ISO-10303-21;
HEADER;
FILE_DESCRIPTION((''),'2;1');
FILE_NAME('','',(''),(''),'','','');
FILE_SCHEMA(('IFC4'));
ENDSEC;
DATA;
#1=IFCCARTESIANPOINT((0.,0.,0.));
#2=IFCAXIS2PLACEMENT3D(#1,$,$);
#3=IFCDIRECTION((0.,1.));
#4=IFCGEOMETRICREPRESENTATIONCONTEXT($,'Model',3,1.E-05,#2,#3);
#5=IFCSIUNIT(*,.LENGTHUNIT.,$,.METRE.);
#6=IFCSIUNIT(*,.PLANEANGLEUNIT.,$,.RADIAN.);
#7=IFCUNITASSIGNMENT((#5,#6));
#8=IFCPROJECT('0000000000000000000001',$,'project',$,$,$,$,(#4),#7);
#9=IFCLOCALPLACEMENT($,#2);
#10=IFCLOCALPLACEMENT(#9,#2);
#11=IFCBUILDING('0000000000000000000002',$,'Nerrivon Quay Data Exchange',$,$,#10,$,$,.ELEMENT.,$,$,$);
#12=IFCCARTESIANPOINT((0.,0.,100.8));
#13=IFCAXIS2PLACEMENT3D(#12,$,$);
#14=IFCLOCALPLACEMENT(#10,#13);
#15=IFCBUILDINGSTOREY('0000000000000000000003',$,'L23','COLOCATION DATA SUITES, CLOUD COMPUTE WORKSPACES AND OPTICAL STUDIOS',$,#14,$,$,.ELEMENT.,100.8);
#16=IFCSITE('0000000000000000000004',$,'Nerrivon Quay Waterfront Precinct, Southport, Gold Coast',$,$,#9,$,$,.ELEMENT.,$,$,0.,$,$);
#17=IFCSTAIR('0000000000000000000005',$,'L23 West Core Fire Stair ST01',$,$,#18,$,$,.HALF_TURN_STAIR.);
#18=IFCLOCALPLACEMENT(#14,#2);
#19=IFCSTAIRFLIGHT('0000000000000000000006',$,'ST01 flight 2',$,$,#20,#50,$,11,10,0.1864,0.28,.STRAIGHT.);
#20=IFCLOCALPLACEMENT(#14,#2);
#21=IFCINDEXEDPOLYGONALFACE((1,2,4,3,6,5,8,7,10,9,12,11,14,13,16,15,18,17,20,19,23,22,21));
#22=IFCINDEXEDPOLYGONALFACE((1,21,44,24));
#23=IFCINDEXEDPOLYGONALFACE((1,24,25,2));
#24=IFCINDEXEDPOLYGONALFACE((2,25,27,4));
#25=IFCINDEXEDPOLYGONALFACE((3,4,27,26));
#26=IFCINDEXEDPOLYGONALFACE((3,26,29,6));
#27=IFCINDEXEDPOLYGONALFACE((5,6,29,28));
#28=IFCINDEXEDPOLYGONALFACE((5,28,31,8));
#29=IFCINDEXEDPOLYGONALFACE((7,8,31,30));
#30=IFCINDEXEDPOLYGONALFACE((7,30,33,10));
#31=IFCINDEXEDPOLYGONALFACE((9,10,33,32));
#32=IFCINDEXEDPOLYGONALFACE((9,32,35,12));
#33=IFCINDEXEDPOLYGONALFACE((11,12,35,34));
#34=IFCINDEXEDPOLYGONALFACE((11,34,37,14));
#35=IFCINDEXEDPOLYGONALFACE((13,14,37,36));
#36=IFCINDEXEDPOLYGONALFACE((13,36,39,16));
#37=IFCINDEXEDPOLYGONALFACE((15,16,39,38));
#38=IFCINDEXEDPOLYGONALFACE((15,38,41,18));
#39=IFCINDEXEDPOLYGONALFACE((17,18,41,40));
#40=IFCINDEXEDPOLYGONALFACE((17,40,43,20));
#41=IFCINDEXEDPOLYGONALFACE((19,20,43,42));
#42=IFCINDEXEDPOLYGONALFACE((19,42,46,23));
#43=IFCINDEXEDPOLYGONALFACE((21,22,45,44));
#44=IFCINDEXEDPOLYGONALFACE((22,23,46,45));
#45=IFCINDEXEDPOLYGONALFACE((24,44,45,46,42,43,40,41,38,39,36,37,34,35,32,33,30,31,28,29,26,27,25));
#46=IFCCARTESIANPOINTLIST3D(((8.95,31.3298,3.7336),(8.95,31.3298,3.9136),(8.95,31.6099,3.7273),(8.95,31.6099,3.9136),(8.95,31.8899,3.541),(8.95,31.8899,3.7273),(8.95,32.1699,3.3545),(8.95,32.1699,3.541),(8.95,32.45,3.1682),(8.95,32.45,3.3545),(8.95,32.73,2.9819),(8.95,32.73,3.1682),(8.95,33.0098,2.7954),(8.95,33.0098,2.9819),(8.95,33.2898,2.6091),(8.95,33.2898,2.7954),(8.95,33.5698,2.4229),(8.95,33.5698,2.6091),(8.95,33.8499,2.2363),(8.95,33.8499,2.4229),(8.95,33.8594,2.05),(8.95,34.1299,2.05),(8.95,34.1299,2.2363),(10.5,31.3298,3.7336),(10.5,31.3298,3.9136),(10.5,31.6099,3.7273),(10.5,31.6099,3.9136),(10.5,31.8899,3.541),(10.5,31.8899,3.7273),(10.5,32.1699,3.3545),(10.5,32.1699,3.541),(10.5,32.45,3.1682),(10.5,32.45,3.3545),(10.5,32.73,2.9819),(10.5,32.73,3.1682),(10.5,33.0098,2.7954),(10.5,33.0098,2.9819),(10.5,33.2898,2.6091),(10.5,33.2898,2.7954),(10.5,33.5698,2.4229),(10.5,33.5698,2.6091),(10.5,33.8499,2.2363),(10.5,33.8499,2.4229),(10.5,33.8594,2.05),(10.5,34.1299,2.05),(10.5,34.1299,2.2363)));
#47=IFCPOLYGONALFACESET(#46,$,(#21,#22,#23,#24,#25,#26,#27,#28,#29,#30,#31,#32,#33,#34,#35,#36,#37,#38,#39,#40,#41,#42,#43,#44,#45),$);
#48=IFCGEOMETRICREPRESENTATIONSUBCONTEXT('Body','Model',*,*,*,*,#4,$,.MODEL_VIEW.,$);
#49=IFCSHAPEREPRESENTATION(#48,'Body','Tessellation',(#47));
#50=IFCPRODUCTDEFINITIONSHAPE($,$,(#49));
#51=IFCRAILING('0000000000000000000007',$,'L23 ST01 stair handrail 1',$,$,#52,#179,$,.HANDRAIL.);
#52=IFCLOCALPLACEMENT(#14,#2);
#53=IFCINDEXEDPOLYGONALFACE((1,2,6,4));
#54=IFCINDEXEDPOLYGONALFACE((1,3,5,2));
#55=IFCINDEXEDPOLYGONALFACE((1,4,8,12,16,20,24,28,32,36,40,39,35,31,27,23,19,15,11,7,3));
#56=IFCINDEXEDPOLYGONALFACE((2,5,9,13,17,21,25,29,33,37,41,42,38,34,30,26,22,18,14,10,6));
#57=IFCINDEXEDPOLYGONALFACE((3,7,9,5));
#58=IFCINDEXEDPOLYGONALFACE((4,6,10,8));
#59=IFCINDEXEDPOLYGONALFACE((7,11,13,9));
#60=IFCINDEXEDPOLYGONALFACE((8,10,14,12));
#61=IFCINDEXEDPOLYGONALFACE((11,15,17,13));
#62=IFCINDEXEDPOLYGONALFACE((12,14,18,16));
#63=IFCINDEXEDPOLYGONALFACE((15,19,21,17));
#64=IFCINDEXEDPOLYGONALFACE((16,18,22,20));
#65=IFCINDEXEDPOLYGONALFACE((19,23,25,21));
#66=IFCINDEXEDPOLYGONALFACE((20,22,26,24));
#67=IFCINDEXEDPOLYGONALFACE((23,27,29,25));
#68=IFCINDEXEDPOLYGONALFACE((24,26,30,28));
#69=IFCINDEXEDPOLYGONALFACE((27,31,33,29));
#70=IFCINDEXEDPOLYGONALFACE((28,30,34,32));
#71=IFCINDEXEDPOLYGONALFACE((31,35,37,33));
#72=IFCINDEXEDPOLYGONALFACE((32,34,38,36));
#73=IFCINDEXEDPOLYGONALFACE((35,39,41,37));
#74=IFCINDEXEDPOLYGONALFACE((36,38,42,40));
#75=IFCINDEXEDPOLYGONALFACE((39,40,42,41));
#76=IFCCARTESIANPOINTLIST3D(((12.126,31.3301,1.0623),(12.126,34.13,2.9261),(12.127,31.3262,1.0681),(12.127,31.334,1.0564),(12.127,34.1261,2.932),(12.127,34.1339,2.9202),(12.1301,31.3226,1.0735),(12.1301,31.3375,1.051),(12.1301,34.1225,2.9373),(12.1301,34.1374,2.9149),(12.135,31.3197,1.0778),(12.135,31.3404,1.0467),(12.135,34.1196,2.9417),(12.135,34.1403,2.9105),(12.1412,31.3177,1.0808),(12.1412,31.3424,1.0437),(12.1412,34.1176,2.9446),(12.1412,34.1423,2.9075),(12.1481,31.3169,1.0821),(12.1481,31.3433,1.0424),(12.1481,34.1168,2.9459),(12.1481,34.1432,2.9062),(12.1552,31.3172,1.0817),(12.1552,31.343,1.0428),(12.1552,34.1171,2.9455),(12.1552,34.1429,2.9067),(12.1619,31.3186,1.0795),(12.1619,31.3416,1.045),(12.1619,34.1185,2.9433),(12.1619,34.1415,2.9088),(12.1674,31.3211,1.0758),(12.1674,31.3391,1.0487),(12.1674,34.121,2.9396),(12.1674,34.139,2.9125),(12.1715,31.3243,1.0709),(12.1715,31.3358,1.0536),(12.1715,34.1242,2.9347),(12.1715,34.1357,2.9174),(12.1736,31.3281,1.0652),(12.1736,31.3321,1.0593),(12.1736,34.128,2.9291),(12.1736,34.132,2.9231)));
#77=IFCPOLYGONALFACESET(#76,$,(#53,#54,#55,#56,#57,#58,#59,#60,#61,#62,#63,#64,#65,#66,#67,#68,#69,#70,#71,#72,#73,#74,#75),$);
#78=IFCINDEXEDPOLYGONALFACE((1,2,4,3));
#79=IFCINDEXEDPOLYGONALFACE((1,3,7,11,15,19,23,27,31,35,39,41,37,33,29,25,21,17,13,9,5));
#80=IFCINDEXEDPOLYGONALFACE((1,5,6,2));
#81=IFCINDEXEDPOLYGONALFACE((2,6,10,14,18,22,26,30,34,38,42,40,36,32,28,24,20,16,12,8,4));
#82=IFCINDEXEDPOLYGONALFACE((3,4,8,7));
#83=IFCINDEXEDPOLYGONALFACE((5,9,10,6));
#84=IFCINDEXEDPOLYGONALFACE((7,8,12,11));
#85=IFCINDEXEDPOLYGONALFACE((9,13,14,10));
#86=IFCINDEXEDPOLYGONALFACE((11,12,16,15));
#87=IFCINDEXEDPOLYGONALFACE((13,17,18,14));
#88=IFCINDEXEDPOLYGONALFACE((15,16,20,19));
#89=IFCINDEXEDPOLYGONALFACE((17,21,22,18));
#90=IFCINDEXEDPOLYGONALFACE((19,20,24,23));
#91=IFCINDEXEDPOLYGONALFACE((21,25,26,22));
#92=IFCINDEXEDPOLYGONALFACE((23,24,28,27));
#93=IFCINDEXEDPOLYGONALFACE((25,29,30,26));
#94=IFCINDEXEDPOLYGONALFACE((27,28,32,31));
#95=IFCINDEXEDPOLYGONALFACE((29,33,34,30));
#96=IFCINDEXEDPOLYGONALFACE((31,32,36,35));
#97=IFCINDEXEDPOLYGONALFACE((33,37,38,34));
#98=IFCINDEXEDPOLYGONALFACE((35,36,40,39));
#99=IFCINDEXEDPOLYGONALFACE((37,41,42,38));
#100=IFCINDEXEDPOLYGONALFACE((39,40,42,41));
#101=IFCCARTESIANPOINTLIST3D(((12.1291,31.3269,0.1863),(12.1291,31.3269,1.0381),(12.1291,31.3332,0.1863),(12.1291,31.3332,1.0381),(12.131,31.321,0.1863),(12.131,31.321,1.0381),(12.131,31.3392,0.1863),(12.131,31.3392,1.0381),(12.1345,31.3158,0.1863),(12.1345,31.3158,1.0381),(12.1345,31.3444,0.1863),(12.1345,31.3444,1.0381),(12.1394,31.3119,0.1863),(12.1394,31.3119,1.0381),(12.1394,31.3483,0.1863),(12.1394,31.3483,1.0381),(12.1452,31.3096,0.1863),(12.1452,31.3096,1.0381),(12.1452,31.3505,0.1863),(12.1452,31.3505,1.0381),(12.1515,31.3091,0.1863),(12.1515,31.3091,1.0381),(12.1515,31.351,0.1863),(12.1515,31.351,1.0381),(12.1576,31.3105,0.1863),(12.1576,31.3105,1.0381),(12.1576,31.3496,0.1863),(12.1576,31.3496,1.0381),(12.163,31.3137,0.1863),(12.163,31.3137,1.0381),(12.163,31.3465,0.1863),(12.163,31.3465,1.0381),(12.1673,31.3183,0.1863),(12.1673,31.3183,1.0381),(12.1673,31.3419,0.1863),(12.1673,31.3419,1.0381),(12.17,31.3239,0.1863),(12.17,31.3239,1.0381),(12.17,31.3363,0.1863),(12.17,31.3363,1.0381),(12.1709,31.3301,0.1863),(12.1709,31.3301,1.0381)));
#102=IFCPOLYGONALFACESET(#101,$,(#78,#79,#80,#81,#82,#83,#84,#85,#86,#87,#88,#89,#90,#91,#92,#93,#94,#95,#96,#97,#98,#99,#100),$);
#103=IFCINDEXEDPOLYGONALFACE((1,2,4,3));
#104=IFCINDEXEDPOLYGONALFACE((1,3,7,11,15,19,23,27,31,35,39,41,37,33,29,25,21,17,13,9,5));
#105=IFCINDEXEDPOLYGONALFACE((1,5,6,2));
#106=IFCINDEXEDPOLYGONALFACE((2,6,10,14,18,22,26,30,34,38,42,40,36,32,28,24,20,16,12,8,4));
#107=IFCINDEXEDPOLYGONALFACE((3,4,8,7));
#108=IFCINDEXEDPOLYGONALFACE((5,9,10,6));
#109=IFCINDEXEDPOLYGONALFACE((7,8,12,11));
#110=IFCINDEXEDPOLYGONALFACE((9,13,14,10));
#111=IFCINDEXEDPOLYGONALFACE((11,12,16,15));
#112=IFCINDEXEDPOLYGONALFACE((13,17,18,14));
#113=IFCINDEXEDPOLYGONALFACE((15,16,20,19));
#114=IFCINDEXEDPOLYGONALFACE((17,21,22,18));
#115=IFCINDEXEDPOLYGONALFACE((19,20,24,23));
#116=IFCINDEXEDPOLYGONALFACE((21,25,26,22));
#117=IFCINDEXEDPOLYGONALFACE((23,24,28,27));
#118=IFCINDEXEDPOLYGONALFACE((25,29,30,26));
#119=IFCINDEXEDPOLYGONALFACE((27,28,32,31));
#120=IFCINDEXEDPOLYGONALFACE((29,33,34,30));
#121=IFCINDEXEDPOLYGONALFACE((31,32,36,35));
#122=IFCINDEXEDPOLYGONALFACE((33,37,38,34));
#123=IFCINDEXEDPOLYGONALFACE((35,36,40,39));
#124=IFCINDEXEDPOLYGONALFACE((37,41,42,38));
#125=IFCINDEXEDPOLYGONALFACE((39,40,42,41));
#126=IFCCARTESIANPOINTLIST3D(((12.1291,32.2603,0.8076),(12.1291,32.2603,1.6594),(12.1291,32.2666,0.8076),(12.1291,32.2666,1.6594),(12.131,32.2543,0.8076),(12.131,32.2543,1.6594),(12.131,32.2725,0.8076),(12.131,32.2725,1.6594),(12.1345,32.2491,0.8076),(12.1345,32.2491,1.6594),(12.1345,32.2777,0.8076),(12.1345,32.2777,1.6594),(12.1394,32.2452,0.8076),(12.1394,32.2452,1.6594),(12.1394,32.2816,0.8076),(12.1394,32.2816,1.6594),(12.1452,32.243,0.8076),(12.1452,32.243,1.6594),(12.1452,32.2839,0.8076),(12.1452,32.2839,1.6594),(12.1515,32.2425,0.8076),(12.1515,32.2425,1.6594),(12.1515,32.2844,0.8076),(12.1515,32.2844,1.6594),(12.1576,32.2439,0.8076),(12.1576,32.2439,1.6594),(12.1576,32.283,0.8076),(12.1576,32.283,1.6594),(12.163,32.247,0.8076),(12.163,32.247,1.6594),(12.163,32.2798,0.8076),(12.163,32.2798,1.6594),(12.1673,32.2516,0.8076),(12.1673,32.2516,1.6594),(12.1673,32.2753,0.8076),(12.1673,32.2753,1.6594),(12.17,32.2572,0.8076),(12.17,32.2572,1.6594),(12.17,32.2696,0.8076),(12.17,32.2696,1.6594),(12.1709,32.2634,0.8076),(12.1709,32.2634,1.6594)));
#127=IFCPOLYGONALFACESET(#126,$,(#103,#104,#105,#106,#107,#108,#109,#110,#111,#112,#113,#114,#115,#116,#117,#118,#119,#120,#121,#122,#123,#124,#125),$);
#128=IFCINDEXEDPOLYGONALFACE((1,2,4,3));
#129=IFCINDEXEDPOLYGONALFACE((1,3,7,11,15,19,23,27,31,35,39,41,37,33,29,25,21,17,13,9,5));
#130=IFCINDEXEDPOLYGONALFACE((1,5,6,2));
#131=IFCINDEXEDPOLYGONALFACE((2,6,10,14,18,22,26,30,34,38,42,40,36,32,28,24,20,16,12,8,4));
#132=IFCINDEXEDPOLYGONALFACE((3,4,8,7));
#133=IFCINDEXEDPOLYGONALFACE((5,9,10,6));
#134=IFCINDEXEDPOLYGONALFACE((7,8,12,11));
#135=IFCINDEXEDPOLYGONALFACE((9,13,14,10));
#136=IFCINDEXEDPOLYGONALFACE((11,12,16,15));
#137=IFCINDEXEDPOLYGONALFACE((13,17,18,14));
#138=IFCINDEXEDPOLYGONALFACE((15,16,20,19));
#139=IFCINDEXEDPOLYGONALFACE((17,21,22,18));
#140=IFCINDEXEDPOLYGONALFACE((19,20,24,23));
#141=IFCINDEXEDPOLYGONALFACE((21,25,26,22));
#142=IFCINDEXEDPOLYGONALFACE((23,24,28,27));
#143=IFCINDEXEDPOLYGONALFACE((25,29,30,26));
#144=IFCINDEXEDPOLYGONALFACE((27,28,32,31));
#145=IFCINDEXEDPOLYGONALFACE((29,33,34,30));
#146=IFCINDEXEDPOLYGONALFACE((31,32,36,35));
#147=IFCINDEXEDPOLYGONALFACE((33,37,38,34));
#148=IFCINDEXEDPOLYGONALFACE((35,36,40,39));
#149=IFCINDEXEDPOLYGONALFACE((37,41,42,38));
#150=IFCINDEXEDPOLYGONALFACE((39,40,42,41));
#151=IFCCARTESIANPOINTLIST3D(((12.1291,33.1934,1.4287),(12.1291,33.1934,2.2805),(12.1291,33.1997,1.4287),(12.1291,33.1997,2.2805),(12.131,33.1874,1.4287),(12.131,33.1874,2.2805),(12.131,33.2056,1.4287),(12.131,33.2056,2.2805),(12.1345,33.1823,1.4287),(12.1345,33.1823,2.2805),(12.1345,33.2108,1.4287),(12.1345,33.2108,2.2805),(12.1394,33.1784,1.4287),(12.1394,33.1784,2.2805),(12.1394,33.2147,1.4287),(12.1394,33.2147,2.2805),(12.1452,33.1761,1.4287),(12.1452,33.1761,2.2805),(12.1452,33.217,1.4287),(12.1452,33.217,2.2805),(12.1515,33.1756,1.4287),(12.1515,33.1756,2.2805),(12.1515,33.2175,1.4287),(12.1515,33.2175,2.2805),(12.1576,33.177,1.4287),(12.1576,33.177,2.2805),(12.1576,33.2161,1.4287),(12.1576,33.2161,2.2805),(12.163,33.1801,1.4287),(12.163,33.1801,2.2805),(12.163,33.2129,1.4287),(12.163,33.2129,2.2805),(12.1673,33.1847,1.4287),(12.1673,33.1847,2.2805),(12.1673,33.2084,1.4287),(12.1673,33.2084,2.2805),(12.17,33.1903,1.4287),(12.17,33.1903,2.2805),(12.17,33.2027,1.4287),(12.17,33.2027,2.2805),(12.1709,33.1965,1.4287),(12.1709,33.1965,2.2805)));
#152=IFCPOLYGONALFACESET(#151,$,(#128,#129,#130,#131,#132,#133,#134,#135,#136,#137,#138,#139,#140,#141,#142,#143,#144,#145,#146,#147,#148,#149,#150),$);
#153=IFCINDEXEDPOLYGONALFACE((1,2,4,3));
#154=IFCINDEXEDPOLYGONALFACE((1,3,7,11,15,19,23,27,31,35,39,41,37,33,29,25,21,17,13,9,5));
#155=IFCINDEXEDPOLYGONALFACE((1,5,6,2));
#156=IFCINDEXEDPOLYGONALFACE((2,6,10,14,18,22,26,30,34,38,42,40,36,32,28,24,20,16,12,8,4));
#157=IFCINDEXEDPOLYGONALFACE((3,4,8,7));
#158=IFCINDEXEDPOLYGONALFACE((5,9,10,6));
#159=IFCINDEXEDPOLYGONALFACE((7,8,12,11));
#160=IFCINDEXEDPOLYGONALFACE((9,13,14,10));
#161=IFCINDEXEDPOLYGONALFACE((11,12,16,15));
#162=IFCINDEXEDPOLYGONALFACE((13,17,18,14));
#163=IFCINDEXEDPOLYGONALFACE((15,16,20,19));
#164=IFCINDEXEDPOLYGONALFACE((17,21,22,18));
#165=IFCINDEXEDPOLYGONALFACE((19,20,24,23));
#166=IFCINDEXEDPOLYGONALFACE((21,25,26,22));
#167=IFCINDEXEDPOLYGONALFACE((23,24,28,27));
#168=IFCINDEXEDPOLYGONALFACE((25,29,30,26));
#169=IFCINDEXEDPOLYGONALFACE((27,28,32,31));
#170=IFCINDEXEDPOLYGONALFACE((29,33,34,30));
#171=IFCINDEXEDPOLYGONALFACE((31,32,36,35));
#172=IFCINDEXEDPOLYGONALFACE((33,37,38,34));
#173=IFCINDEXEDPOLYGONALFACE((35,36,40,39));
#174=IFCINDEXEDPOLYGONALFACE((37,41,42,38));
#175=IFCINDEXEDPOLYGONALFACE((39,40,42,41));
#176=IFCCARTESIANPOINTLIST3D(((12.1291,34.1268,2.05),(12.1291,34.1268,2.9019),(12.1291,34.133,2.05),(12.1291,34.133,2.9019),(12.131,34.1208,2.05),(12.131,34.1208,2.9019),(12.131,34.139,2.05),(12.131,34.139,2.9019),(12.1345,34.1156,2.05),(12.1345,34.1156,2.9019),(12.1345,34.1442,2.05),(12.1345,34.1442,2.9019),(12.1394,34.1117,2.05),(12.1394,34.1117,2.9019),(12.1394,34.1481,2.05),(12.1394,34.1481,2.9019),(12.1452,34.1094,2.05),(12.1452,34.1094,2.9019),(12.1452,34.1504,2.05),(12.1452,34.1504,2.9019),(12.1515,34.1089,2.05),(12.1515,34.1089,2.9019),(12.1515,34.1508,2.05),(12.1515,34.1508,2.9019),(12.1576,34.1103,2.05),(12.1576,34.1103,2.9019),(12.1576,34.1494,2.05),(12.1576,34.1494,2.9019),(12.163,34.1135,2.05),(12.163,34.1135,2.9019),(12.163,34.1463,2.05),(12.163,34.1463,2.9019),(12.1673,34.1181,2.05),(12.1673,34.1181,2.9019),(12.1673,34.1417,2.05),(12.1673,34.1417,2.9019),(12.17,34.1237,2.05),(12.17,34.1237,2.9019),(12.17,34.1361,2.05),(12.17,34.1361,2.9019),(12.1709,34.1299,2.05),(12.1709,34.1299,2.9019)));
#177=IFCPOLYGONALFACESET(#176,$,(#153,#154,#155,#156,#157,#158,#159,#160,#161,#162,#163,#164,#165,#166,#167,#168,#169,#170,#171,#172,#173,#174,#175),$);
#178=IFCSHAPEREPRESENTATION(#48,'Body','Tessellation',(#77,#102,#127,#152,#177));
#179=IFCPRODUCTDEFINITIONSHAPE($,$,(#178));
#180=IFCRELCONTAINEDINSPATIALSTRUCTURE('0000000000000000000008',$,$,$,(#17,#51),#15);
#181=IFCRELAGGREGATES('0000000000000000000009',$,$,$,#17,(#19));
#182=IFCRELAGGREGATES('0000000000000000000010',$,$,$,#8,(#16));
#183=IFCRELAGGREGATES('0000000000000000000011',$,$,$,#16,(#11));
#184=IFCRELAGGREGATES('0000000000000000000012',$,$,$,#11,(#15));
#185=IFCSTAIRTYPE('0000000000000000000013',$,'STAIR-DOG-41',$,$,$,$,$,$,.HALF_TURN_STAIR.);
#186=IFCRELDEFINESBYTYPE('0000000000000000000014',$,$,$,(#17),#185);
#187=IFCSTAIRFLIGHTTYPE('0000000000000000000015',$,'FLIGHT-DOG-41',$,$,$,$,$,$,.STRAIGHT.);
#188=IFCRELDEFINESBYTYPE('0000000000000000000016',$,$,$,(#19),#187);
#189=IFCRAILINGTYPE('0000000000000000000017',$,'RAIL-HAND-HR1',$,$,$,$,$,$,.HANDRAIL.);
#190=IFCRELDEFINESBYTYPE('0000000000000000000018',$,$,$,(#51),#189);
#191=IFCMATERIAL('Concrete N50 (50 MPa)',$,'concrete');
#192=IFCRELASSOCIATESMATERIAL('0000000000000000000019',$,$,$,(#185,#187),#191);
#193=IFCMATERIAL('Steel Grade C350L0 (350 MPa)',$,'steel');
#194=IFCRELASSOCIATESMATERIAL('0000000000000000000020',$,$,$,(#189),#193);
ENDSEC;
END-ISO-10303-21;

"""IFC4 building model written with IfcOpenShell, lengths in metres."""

from ifc_helpers import new_model, si_unit, direction, frame, origin, origin_2d, place, context, subcontext, project, spatial, polyline, circle, outline, extrude, material, type_object, element, aggregate, save


model = new_model("IFC4")

# Units and contexts
model_context = context("Model", 3, precision=1e-05, world=origin(), true_north=direction((0.0, 1.0)))
body_context = subcontext(model_context, "Body", "Model", "MODEL_VIEW")
ifc_project = project(units=[si_unit("LENGTHUNIT", "METRE"), si_unit("PLANEANGLEUNIT", "RADIAN")], contexts=[model_context])

# Site, building, storey
site_placement = place(None, origin())
site = spatial("IfcSite", under=ifc_project, at=site_placement, Name="Nerrivon Quay Waterfront Precinct, Southport, Gold Coast", CompositionType="ELEMENT", RefElevation=0.0)
building_placement = place(site_placement, origin())
building = spatial("IfcBuilding", under=site, at=building_placement, Name="Nerrivon Quay Data Exchange", CompositionType="ELEMENT")
storey_placement = place(building_placement, frame((0.0, 0.0, 100.8)))
storey = spatial("IfcBuildingStorey", under=building, at=storey_placement, Name="L23", Description="COLOCATION DATA SUITES, CLOUD COMPUTE WORKSPACES AND OPTICAL STUDIOS", CompositionType="ELEMENT", Elevation=100.8)

# Shared definitions
ifc_material_1 = material(Name="Concrete N50 (50 MPa)", Category="concrete")

# Stair, stair flight
stair_type = type_object("IfcStairType", Name="STAIR-DOG-41", PredefinedType="HALF_TURN_STAIR", material=ifc_material_1)
stair_placement = place(storey_placement, origin())
stair = element("IfcStair", 1, at=stair_placement, inside=storey, type_object=stair_type, Name="L23 West Core Fire Stair ST01", PredefinedType="HALF_TURN_STAIR")
stair_flight_type = type_object("IfcStairFlightType", Name="FLIGHT-DOG-41", PredefinedType="STRAIGHT", material=ifc_material_1)
stair_flight_1_placement = place(storey_placement, frame((9.7251, 34.1299, 2.05), z_axis=(0.0, 0.0, 1.0), x_axis=(0.0, -1.0, 0.0)))
stair_flight_1 = element("IfcStairFlight", 2, at=stair_flight_1_placement, type_object=stair_flight_type, Name="ST01 flight 2", NumberOfRisers=11, NumberOfTreads=10, PredefinedType="STRAIGHT", RiserHeight=0.1864, TreadLength=0.28, context=body_context, shape_type="SweptSolid", body=[
    extrude(outline(polyline([(0.0, 0.0), (0.0, 0.1863), (0.28, 0.1863), (0.28, 0.3728), (0.5601, 0.3728), (0.5601, 0.5591), (0.8401, 0.5591), (0.8401, 0.7454), (1.1201, 0.7454), (1.1201, 0.9319), (1.3999, 0.9319), (1.3999, 1.1182), (1.6799, 1.1182), (1.6799, 1.3044), (1.96, 1.3044), (1.96, 1.491), (2.24, 1.491), (2.24, 1.6772), (2.52, 1.6772), (2.52, 1.8635), (2.8, 1.8635), (2.8, 2.05), (2.8, 1.6836), (0.2705, 0.0), (0.0, 0.0)])), frame((0.0, 0.7749, 0.0), z_axis=(0.0, -1.0, 0.0), x_axis=(1.0, 0.0, 0.0)), (0.0, 0.0, 1.0), 1.55),
])
aggregate(stair, [stair_flight_1])

# Railing
ifc_material_2 = material(Name="Steel Grade C350L0 (350 MPa)", Category="steel")
railing_type_1 = type_object("IfcRailingType", Name="RAIL-HAND-HR1", PredefinedType="HANDRAIL", material=ifc_material_2)
railing_1_placement = place(storey_placement, frame((12.1499, 31.3301, 0.1863)))
element("IfcRailing", 3, at=railing_1_placement, inside=storey, type_object=railing_type_1, Name="L23 ST01 stair handrail 1", PredefinedType="HANDRAIL", context=body_context, shape_type="SweptSolid", body=[
    extrude(circle(Radius=0.0239, at=origin_2d()), frame((0.0, 0.0, 0.876), z_axis=(0.0, 0.83243, 0.554131), x_axis=(-1.0, 0.0, 0.0)), (0.0, 0.0, 1.0), 3.3635),
    extrude(circle(Radius=0.021, at=origin_2d()), origin(), (0.0, 0.0, 1.0), 0.8518),
    extrude(circle(Radius=0.021, at=origin_2d()), frame((0.0, 0.9333, 0.6213)), (0.0, 0.0, 1.0), 0.8518),
    extrude(circle(Radius=0.021, at=origin_2d()), frame((0.0, 1.8665, 1.2424)), (0.0, 0.0, 1.0), 0.8518),
    extrude(circle(Radius=0.021, at=origin_2d()), frame((0.0, 2.7998, 1.8638)), (0.0, 0.0, 1.0), 0.8518),
])

save(model, "model.ifc")
